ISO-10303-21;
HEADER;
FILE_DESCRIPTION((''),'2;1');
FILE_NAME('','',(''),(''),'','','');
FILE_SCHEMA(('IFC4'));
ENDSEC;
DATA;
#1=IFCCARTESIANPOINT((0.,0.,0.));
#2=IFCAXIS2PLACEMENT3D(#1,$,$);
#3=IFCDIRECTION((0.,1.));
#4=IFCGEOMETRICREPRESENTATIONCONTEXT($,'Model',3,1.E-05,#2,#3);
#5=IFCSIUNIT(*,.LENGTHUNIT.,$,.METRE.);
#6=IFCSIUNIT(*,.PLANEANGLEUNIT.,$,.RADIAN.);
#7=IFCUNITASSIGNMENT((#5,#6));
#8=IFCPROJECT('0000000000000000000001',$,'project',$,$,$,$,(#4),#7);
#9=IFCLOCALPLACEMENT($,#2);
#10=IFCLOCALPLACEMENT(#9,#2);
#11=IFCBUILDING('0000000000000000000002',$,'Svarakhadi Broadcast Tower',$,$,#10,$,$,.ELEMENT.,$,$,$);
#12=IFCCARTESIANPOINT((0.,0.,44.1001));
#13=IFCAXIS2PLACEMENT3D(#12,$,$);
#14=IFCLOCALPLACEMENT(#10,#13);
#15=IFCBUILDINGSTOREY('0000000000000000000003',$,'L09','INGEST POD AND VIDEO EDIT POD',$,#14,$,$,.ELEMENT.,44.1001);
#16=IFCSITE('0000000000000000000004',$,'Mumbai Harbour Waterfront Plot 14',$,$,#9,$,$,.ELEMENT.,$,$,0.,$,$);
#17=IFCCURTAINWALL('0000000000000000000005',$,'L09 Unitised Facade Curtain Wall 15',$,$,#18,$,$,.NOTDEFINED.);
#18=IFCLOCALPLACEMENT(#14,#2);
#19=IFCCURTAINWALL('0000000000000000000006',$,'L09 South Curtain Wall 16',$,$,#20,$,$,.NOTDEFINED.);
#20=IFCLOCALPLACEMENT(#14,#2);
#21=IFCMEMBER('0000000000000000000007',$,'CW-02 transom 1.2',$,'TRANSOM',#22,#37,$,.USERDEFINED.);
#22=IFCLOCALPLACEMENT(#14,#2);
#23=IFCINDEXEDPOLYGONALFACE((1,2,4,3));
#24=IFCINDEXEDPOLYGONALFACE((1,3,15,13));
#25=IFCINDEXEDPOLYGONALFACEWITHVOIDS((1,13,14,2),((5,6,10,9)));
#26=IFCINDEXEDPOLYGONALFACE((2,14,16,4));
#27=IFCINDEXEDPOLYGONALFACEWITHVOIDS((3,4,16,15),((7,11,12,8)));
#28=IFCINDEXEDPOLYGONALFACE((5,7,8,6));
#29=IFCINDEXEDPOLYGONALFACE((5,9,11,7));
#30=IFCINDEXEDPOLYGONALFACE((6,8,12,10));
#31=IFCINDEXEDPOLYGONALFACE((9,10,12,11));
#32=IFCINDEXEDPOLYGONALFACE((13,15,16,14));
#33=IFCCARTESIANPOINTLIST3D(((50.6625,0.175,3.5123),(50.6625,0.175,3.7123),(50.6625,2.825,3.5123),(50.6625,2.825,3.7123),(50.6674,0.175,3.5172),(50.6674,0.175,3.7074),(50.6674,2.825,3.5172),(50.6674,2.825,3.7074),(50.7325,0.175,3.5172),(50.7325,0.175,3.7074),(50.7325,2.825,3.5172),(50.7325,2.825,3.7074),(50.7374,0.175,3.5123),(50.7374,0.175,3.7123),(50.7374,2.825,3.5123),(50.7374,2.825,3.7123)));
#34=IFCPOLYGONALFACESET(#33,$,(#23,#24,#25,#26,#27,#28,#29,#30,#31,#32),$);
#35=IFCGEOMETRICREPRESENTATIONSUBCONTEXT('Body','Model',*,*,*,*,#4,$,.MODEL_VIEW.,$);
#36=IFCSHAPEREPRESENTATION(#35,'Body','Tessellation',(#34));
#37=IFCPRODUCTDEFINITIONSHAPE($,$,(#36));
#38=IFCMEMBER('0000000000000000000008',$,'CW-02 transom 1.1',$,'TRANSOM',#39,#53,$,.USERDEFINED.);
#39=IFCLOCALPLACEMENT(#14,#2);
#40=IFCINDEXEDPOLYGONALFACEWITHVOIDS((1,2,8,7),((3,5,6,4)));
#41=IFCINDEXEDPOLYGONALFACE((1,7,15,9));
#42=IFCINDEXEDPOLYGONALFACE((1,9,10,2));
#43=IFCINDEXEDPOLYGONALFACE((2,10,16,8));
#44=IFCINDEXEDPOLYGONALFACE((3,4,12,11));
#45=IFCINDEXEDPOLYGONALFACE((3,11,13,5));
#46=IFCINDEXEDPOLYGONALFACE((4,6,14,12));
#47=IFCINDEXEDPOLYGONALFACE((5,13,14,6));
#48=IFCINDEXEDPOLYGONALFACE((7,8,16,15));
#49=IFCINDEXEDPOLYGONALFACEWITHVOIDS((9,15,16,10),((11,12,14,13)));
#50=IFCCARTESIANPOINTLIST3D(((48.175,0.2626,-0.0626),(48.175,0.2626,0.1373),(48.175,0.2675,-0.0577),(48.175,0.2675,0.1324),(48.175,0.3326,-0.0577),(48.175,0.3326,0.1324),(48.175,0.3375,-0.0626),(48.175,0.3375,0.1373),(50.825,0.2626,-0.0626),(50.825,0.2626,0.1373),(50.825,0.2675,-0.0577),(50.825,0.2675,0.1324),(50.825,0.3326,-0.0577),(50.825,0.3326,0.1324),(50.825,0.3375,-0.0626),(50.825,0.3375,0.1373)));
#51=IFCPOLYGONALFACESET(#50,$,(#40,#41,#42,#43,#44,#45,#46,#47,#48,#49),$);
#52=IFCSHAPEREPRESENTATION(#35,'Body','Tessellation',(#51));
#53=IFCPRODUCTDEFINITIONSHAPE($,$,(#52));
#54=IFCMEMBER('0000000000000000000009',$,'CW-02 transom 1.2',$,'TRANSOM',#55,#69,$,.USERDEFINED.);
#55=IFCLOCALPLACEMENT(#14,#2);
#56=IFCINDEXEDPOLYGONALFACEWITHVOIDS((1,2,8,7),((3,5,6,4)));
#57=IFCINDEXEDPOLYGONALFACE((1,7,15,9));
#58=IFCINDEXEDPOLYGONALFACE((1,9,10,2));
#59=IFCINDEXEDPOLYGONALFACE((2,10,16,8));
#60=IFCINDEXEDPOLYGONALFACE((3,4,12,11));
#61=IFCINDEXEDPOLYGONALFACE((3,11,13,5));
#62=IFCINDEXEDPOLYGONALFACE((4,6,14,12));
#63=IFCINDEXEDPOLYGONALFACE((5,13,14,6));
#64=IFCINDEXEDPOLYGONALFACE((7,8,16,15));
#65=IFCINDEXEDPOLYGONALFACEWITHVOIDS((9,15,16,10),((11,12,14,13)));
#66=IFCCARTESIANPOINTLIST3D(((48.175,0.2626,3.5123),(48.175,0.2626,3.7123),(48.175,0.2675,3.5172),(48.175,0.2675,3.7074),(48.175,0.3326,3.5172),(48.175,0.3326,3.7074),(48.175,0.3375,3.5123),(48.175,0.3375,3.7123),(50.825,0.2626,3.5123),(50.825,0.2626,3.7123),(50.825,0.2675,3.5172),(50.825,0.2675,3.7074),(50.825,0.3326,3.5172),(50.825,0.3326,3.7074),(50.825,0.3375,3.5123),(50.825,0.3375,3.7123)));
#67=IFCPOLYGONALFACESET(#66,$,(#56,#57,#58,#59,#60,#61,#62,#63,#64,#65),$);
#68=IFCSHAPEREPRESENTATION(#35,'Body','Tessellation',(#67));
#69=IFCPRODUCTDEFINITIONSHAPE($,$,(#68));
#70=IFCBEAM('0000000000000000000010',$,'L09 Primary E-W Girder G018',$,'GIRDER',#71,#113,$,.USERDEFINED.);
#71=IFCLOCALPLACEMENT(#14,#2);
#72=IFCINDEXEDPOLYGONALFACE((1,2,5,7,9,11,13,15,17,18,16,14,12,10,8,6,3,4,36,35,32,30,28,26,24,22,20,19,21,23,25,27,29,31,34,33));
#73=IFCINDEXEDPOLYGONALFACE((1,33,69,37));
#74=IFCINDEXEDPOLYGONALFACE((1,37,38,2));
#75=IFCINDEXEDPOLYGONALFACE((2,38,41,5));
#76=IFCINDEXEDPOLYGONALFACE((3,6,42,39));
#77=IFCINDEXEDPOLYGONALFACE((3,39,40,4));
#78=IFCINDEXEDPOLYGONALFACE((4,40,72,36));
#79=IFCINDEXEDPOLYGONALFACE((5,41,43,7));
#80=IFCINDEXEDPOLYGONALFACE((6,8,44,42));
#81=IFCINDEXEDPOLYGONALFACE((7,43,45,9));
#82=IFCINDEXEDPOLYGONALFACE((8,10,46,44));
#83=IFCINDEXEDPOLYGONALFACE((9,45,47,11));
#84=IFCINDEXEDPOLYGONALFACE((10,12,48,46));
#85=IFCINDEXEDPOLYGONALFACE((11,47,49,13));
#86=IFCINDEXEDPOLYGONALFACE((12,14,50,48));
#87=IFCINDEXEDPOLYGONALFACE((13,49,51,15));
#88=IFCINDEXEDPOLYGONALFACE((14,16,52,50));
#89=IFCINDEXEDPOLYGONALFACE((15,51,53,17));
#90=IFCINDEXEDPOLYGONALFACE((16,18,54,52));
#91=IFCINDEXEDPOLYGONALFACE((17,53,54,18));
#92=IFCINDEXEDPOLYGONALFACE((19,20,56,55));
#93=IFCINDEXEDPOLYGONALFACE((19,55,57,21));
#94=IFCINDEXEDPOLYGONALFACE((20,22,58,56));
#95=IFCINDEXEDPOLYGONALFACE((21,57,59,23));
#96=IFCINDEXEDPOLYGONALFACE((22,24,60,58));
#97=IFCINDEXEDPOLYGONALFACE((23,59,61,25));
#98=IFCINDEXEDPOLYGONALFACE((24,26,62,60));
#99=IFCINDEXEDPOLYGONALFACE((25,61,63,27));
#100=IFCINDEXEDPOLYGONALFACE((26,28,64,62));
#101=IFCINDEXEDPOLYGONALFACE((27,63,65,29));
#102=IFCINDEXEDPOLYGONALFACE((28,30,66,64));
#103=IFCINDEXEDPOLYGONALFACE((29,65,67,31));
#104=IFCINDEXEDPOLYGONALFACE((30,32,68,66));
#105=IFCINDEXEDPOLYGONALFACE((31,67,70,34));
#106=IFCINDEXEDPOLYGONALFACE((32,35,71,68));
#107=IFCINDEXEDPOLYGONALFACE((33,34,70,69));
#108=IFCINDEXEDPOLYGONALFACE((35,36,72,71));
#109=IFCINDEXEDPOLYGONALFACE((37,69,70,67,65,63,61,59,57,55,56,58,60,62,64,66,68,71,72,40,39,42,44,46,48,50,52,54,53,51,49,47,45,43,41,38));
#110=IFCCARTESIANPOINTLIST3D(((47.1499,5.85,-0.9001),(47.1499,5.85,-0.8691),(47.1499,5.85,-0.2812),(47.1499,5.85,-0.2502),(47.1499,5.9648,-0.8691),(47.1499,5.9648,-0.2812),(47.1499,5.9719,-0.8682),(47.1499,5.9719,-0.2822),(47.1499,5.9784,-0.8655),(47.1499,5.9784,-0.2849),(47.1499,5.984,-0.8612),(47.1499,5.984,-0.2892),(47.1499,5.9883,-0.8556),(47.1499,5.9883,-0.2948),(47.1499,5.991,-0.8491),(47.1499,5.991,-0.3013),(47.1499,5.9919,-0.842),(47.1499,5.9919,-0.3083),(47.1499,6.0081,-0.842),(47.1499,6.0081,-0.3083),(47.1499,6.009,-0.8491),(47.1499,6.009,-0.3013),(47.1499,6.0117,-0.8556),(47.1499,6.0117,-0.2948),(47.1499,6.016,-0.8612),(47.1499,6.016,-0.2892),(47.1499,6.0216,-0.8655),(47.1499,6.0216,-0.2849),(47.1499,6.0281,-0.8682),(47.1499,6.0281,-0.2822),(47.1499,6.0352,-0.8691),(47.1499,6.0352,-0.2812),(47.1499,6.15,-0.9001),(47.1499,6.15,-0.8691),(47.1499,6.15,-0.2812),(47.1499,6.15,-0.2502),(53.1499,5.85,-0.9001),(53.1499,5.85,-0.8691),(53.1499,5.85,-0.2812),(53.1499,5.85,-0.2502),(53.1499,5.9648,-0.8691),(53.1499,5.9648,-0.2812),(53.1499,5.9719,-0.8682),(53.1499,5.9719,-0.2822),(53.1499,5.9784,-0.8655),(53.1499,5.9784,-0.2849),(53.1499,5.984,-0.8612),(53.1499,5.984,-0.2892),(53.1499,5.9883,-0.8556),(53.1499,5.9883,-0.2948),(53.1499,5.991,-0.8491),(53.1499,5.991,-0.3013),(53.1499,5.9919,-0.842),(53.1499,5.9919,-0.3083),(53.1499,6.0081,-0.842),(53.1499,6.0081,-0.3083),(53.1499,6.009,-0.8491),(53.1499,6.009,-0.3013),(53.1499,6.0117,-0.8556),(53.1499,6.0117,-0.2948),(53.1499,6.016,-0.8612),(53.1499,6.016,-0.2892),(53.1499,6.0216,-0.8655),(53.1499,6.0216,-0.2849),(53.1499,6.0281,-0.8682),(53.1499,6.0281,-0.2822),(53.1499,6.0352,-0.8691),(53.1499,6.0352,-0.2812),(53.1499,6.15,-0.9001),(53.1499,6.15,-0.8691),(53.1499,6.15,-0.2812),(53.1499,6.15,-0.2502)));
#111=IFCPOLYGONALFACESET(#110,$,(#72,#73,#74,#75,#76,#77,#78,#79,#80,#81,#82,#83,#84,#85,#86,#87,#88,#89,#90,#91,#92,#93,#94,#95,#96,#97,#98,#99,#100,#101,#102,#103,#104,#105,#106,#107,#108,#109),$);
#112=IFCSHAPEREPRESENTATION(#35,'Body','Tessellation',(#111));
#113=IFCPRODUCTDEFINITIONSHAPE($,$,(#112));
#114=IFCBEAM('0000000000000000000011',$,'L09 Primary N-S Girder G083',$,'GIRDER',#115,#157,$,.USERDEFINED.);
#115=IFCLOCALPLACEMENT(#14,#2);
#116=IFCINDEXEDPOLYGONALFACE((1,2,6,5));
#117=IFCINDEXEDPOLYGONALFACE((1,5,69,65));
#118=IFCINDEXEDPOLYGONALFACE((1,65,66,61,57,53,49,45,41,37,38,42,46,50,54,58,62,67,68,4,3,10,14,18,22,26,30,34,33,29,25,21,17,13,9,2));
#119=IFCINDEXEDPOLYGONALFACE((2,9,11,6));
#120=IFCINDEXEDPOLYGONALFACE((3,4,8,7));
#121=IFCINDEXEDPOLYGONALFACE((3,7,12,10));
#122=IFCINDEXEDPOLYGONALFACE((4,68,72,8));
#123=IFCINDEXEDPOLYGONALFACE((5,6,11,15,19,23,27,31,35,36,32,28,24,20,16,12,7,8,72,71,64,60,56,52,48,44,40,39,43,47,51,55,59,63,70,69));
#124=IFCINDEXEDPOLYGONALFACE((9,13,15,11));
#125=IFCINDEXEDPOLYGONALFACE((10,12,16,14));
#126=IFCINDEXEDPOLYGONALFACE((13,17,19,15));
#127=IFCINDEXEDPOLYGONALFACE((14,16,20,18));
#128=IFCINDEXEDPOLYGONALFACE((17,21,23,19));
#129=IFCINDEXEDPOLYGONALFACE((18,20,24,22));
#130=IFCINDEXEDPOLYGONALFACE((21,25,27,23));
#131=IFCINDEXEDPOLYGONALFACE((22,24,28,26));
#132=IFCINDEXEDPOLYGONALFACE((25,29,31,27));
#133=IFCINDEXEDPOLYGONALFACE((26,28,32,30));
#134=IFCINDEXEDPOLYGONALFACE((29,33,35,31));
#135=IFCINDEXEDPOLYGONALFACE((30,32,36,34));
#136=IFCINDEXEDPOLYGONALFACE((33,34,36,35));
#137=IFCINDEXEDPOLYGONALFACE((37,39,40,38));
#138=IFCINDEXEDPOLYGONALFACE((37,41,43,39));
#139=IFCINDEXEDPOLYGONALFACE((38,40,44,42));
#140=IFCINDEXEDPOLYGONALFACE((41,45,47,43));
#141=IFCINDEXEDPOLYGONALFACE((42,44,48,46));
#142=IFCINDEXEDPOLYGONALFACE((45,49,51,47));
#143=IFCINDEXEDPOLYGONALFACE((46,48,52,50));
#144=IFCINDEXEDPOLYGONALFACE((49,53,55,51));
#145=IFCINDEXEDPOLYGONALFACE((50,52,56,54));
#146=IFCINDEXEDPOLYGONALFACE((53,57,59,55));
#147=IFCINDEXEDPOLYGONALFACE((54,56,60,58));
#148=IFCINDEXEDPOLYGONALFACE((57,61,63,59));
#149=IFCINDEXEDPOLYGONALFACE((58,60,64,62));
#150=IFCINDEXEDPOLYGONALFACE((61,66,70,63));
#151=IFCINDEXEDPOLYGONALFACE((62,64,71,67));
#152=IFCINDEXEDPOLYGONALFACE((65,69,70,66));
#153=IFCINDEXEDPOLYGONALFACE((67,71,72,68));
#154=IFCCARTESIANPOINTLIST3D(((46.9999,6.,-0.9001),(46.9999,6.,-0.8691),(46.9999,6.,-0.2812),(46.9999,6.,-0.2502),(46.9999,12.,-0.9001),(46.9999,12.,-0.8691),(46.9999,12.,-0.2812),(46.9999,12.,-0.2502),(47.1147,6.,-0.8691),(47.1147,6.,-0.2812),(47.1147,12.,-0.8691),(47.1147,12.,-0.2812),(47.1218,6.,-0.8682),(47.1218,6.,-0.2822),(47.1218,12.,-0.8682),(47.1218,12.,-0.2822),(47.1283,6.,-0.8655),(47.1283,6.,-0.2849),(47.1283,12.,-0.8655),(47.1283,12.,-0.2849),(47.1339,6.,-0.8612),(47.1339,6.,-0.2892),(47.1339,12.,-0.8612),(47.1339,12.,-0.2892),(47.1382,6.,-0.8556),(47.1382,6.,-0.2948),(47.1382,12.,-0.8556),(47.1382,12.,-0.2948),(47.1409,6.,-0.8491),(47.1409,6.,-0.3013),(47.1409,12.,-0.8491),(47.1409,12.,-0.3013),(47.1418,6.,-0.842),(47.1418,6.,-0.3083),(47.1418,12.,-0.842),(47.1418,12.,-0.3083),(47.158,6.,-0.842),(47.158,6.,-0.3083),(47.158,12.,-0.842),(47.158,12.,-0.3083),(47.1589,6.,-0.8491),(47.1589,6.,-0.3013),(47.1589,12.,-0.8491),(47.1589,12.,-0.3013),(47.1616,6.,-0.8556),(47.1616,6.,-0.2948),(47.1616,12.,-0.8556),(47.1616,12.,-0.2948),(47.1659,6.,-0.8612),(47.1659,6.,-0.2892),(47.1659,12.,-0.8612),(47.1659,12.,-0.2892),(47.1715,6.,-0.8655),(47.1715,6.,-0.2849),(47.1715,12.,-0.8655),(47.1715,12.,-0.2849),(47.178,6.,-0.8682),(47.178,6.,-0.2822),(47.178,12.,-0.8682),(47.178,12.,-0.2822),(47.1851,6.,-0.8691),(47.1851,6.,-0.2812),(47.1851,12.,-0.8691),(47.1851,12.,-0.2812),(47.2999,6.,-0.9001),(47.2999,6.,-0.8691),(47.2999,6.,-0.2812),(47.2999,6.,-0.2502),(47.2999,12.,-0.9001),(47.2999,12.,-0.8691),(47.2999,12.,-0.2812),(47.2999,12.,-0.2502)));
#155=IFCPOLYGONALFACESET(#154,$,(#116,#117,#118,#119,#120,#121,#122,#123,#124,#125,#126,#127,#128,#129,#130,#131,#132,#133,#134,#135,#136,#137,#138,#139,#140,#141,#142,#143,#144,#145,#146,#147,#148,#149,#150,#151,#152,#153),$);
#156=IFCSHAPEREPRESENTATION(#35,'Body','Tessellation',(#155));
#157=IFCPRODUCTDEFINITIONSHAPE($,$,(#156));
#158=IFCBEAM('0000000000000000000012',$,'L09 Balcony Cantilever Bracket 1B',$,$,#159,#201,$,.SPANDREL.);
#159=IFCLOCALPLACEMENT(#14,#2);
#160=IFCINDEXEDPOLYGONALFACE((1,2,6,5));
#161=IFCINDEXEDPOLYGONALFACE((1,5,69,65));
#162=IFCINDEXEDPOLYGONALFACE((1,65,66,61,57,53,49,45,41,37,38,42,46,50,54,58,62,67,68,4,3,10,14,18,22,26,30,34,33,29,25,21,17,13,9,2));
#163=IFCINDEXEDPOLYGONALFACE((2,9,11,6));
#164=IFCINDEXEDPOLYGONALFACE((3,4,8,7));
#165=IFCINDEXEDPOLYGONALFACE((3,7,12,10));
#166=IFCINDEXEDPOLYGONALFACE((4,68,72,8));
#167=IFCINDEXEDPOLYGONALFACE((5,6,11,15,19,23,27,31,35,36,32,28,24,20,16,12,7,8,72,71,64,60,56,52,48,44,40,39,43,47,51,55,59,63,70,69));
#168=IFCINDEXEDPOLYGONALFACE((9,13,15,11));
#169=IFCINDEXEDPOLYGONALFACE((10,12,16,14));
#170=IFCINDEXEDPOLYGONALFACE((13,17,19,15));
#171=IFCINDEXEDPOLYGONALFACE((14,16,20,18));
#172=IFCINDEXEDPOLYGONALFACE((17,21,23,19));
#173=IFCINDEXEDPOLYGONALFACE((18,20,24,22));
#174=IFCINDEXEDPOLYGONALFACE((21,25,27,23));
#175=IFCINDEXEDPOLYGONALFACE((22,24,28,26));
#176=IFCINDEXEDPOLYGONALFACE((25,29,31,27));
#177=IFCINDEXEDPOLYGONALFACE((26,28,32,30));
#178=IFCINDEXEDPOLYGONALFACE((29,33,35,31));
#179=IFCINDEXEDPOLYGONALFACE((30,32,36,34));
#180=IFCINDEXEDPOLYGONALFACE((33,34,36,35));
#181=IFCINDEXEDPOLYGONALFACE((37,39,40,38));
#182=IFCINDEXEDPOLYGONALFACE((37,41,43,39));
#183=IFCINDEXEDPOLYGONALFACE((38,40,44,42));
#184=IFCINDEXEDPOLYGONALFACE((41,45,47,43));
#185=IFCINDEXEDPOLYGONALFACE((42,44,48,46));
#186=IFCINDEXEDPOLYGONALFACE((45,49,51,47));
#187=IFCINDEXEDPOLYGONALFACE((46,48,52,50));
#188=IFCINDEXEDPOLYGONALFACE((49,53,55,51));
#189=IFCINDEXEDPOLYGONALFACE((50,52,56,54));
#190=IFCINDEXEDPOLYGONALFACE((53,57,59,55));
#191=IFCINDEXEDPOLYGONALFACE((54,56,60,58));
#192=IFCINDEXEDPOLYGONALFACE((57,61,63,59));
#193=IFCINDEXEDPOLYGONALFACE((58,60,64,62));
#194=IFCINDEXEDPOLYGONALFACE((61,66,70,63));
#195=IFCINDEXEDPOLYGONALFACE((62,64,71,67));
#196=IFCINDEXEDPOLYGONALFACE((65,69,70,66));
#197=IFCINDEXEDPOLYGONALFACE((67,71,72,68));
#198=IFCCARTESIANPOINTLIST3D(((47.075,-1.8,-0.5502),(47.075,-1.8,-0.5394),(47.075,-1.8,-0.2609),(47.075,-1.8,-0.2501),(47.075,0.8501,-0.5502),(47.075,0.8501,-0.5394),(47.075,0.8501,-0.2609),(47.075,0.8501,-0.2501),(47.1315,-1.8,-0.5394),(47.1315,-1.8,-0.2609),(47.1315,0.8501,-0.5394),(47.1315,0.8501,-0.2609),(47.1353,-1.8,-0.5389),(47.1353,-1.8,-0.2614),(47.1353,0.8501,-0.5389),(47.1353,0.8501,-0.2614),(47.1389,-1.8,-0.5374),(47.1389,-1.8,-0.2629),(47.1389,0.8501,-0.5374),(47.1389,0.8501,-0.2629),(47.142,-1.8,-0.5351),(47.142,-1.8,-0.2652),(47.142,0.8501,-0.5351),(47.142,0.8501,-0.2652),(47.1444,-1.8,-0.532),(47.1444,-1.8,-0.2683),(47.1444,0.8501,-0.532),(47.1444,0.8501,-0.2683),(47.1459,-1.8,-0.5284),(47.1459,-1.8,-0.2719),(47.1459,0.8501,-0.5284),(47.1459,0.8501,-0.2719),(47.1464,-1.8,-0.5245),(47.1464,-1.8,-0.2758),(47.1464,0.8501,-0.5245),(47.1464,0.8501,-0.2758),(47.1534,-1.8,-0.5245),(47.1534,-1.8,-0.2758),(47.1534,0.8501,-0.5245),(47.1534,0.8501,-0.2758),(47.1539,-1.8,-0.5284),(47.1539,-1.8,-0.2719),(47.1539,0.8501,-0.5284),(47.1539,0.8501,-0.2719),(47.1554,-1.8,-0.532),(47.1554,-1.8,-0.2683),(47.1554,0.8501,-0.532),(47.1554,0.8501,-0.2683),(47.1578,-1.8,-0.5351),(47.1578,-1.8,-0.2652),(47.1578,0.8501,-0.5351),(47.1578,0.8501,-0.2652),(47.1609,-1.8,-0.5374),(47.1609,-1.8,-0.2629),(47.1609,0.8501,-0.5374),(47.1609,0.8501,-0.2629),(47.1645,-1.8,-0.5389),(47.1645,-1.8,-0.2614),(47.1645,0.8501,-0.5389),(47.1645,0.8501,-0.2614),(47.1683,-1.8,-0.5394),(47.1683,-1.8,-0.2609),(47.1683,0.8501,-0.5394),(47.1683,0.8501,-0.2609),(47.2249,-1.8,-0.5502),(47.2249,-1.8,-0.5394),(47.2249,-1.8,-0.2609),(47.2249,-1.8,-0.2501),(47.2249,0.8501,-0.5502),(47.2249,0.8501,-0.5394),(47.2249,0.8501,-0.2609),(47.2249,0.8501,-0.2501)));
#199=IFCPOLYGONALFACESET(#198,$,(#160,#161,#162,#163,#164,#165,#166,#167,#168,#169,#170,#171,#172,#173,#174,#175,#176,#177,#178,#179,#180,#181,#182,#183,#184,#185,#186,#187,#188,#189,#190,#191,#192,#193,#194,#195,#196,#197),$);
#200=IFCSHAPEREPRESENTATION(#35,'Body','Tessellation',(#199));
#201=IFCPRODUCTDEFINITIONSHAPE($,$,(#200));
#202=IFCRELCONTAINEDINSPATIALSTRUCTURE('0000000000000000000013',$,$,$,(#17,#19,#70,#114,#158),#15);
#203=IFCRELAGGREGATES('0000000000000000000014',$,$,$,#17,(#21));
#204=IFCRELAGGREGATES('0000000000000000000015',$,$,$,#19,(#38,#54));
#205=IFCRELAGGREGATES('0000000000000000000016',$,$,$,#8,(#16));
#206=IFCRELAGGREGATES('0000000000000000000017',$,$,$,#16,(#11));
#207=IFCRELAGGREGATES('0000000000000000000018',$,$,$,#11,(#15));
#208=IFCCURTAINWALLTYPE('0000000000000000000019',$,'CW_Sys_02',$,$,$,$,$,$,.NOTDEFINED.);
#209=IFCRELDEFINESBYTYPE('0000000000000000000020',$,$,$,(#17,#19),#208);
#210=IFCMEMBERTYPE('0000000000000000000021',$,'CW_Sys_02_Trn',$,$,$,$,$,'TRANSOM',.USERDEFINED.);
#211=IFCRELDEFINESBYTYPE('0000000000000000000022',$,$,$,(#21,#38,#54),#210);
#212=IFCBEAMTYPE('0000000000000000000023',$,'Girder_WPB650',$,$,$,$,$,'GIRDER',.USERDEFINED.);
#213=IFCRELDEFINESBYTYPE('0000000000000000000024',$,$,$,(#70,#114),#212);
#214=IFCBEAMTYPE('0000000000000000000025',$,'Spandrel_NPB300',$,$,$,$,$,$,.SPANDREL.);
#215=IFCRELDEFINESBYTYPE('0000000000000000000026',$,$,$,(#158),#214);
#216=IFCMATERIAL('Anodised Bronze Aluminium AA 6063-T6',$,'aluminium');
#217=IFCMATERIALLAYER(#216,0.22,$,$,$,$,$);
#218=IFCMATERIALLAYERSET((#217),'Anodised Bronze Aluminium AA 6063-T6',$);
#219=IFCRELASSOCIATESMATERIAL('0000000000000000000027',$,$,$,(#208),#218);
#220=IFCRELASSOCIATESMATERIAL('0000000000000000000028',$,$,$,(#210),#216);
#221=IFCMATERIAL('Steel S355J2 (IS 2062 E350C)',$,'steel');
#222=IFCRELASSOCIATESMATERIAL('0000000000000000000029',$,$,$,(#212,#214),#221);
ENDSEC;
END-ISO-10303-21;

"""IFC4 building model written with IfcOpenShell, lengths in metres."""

from ifc_helpers import new_model, si_unit, direction, frame, origin, origin_2d, place, context, subcontext, project, spatial, hollow_rectangle, i_section, extrude, material, layer, layer_set, material_profile, profile_set, type_object, element, aggregate, save


model = new_model("IFC4")

# Units and contexts
model_context = context("Model", 3, precision=1e-05, world=origin(), true_north=direction((0.0, 1.0)))
body_context = subcontext(model_context, "Body", "Model", "MODEL_VIEW")
ifc_project = project(units=[si_unit("LENGTHUNIT", "METRE"), si_unit("PLANEANGLEUNIT", "RADIAN")], contexts=[model_context])

# Site, building, storey
site_placement = place(None, origin())
site = spatial("IfcSite", under=ifc_project, at=site_placement, Name="Mumbai Harbour Waterfront Plot 14", CompositionType="ELEMENT", RefElevation=0.0)
building_placement = place(site_placement, origin())
building = spatial("IfcBuilding", under=site, at=building_placement, Name="Svarakhadi Broadcast Tower", CompositionType="ELEMENT")
storey_placement = place(building_placement, frame((0.0, 0.0, 44.1001)))
storey = spatial("IfcBuildingStorey", under=building, at=storey_placement, Name="L09", Description="INGEST POD AND VIDEO EDIT POD", CompositionType="ELEMENT", Elevation=44.1001)

# Curtain walls
ifc_material_1 = material(Name="Anodised Bronze Aluminium AA 6063-T6", Category="aluminium")
ifc_layer_1 = layer(ifc_material_1, 0.22)
ifc_layer_set_1 = layer_set([ifc_layer_1], Name="Anodised Bronze Aluminium AA 6063-T6")
curtain_wall_type = type_object("IfcCurtainWallType", Name="CW_Sys_02", PredefinedType="NOTDEFINED", material=ifc_layer_set_1)
curtain_wall_1_placement = place(storey_placement, origin())
curtain_wall_1 = element("IfcCurtainWall", 1, at=curtain_wall_1_placement, inside=storey, type_object=curtain_wall_type, Name="L09 Unitised Facade Curtain Wall 15", PredefinedType="NOTDEFINED")
curtain_wall_2_placement = place(storey_placement, origin())
curtain_wall_2 = element("IfcCurtainWall", 2, at=curtain_wall_2_placement, inside=storey, type_object=curtain_wall_type, Name="L09 South Curtain Wall 16", PredefinedType="NOTDEFINED")

# Members
ifc_material_profile_1 = material_profile(ifc_material_1, hollow_rectangle(XDim=0.075, YDim=0.2, WallThickness=0.0049, at=origin_2d()), Name="ALU TRANSOM 200x75x5")
ifc_profile_set_1 = profile_set([ifc_material_profile_1], Name="Anodised Bronze Aluminium AA 6063-T6")
member_type_1 = type_object("IfcMemberType", Name="CW_Sys_02_Trn", ElementType="TRANSOM", PredefinedType="USERDEFINED", material=ifc_profile_set_1)
member_1_placement = place(storey_placement, frame((50.7, 2.825, 3.6123), z_axis=(0.0, -1.0, 0.0), x_axis=(1.0, 0.0, 0.0)))
member_1 = element("IfcMember", 3, at=member_1_placement, type_object=member_type_1, Name="CW-02 transom 1.2", ObjectType="TRANSOM", PredefinedType="USERDEFINED", context=body_context, shape_type="SweptSolid", body=[
    extrude(hollow_rectangle(XDim=0.075, YDim=0.2, WallThickness=0.0049, at=origin_2d()), origin(), (0.0, 0.0, 1.0), 2.6499),
])
member_2_placement = place(storey_placement, frame((50.825, 0.3, 0.0374), z_axis=(-1.0, 0.0, 0.0), x_axis=(0.0, -1.0, 0.0)))
member_2 = element("IfcMember", 4, at=member_2_placement, type_object=member_type_1, Name="CW-02 transom 1.1", ObjectType="TRANSOM", PredefinedType="USERDEFINED", context=body_context, shape_type="SweptSolid", body=[
    extrude(hollow_rectangle(XDim=0.075, YDim=0.2, WallThickness=0.0049, at=origin_2d()), origin(), (0.0, 0.0, 1.0), 2.6499),
])
member_3_placement = place(storey_placement, frame((50.825, 0.3, 3.6123), z_axis=(-1.0, 0.0, 0.0), x_axis=(0.0, -1.0, 0.0)))
member_3 = element("IfcMember", 5, at=member_3_placement, type_object=member_type_1, Name="CW-02 transom 1.2", ObjectType="TRANSOM", PredefinedType="USERDEFINED", context=body_context, shape_type="SweptSolid", body=[
    extrude(hollow_rectangle(XDim=0.075, YDim=0.2, WallThickness=0.0049, at=origin_2d()), origin(), (0.0, 0.0, 1.0), 2.6499),
])

# Beams
ifc_material_2 = material(Name="Steel S355J2 (IS 2062 E350C)", Category="steel")
ifc_material_profile_2 = material_profile(ifc_material_2, i_section(OverallWidth=0.3, OverallDepth=0.6499, WebThickness=0.0161, FlangeThickness=0.031, FilletRadius=0.0271, at=origin_2d()), Name="WPB 650x300x225")
ifc_profile_set_2 = profile_set([ifc_material_profile_2], Name="Steel S355J2 (IS 2062 E350C)")
beam_type_1 = type_object("IfcBeamType", Name="Girder_WPB650", ElementType="GIRDER", PredefinedType="USERDEFINED", material=ifc_profile_set_2)
for number, where, z_axis, x_axis, name in (
    (6, (47.1499, 6.0, -0.5752), (1.0, 0.0, 0.0), (0.0, 1.0, 0.0), "L09 Primary E-W Girder G018"),
    (7, (47.1499, 6.0, -0.5752), (0.0, 1.0, 0.0), (-1.0, 0.0, 0.0), "L09 Primary N-S Girder G083"),
):
    element("IfcBeam", number, at=place(storey_placement, frame(where, z_axis=z_axis, x_axis=x_axis)), inside=storey, type_object=beam_type_1, Name=name, ObjectType="GIRDER", PredefinedType="USERDEFINED", context=body_context, shape_type="SweptSolid", body=[
        extrude(i_section(OverallWidth=0.3, OverallDepth=0.6499, WebThickness=0.0161, FlangeThickness=0.031, FilletRadius=0.0271, at=origin_2d()), origin(), (0.0, 0.0, 1.0), 6.0),
    ])
ifc_material_profile_3 = material_profile(ifc_material_2, i_section(OverallWidth=0.1499, OverallDepth=0.3, WebThickness=0.0071, FlangeThickness=0.0107, FilletRadius=0.0149, at=origin_2d()), Name="NPB 300x150x37")
ifc_profile_set_3 = profile_set([ifc_material_profile_3], Name="Steel S355J2 (IS 2062 E350C)")
beam_type_2 = type_object("IfcBeamType", Name="Spandrel_NPB300", PredefinedType="SPANDREL", material=ifc_profile_set_3)
beam_placement = place(storey_placement, frame((47.1499, 0.8501, -0.4001), z_axis=(0.0, -1.0, 0.0), x_axis=(1.0, 0.0, 0.0)))
element("IfcBeam", 8, at=beam_placement, inside=storey, type_object=beam_type_2, Name="L09 Balcony Cantilever Bracket 1B", PredefinedType="SPANDREL", context=body_context, shape_type="SweptSolid", body=[
    extrude(i_section(OverallWidth=0.1499, OverallDepth=0.3, WebThickness=0.0071, FlangeThickness=0.0107, FilletRadius=0.0149, at=origin_2d()), origin(), (0.0, 0.0, 1.0), 2.6501),
])

aggregate(curtain_wall_1, [member_1])
aggregate(curtain_wall_2, [member_2, member_3])

save(model, "model.ifc")
